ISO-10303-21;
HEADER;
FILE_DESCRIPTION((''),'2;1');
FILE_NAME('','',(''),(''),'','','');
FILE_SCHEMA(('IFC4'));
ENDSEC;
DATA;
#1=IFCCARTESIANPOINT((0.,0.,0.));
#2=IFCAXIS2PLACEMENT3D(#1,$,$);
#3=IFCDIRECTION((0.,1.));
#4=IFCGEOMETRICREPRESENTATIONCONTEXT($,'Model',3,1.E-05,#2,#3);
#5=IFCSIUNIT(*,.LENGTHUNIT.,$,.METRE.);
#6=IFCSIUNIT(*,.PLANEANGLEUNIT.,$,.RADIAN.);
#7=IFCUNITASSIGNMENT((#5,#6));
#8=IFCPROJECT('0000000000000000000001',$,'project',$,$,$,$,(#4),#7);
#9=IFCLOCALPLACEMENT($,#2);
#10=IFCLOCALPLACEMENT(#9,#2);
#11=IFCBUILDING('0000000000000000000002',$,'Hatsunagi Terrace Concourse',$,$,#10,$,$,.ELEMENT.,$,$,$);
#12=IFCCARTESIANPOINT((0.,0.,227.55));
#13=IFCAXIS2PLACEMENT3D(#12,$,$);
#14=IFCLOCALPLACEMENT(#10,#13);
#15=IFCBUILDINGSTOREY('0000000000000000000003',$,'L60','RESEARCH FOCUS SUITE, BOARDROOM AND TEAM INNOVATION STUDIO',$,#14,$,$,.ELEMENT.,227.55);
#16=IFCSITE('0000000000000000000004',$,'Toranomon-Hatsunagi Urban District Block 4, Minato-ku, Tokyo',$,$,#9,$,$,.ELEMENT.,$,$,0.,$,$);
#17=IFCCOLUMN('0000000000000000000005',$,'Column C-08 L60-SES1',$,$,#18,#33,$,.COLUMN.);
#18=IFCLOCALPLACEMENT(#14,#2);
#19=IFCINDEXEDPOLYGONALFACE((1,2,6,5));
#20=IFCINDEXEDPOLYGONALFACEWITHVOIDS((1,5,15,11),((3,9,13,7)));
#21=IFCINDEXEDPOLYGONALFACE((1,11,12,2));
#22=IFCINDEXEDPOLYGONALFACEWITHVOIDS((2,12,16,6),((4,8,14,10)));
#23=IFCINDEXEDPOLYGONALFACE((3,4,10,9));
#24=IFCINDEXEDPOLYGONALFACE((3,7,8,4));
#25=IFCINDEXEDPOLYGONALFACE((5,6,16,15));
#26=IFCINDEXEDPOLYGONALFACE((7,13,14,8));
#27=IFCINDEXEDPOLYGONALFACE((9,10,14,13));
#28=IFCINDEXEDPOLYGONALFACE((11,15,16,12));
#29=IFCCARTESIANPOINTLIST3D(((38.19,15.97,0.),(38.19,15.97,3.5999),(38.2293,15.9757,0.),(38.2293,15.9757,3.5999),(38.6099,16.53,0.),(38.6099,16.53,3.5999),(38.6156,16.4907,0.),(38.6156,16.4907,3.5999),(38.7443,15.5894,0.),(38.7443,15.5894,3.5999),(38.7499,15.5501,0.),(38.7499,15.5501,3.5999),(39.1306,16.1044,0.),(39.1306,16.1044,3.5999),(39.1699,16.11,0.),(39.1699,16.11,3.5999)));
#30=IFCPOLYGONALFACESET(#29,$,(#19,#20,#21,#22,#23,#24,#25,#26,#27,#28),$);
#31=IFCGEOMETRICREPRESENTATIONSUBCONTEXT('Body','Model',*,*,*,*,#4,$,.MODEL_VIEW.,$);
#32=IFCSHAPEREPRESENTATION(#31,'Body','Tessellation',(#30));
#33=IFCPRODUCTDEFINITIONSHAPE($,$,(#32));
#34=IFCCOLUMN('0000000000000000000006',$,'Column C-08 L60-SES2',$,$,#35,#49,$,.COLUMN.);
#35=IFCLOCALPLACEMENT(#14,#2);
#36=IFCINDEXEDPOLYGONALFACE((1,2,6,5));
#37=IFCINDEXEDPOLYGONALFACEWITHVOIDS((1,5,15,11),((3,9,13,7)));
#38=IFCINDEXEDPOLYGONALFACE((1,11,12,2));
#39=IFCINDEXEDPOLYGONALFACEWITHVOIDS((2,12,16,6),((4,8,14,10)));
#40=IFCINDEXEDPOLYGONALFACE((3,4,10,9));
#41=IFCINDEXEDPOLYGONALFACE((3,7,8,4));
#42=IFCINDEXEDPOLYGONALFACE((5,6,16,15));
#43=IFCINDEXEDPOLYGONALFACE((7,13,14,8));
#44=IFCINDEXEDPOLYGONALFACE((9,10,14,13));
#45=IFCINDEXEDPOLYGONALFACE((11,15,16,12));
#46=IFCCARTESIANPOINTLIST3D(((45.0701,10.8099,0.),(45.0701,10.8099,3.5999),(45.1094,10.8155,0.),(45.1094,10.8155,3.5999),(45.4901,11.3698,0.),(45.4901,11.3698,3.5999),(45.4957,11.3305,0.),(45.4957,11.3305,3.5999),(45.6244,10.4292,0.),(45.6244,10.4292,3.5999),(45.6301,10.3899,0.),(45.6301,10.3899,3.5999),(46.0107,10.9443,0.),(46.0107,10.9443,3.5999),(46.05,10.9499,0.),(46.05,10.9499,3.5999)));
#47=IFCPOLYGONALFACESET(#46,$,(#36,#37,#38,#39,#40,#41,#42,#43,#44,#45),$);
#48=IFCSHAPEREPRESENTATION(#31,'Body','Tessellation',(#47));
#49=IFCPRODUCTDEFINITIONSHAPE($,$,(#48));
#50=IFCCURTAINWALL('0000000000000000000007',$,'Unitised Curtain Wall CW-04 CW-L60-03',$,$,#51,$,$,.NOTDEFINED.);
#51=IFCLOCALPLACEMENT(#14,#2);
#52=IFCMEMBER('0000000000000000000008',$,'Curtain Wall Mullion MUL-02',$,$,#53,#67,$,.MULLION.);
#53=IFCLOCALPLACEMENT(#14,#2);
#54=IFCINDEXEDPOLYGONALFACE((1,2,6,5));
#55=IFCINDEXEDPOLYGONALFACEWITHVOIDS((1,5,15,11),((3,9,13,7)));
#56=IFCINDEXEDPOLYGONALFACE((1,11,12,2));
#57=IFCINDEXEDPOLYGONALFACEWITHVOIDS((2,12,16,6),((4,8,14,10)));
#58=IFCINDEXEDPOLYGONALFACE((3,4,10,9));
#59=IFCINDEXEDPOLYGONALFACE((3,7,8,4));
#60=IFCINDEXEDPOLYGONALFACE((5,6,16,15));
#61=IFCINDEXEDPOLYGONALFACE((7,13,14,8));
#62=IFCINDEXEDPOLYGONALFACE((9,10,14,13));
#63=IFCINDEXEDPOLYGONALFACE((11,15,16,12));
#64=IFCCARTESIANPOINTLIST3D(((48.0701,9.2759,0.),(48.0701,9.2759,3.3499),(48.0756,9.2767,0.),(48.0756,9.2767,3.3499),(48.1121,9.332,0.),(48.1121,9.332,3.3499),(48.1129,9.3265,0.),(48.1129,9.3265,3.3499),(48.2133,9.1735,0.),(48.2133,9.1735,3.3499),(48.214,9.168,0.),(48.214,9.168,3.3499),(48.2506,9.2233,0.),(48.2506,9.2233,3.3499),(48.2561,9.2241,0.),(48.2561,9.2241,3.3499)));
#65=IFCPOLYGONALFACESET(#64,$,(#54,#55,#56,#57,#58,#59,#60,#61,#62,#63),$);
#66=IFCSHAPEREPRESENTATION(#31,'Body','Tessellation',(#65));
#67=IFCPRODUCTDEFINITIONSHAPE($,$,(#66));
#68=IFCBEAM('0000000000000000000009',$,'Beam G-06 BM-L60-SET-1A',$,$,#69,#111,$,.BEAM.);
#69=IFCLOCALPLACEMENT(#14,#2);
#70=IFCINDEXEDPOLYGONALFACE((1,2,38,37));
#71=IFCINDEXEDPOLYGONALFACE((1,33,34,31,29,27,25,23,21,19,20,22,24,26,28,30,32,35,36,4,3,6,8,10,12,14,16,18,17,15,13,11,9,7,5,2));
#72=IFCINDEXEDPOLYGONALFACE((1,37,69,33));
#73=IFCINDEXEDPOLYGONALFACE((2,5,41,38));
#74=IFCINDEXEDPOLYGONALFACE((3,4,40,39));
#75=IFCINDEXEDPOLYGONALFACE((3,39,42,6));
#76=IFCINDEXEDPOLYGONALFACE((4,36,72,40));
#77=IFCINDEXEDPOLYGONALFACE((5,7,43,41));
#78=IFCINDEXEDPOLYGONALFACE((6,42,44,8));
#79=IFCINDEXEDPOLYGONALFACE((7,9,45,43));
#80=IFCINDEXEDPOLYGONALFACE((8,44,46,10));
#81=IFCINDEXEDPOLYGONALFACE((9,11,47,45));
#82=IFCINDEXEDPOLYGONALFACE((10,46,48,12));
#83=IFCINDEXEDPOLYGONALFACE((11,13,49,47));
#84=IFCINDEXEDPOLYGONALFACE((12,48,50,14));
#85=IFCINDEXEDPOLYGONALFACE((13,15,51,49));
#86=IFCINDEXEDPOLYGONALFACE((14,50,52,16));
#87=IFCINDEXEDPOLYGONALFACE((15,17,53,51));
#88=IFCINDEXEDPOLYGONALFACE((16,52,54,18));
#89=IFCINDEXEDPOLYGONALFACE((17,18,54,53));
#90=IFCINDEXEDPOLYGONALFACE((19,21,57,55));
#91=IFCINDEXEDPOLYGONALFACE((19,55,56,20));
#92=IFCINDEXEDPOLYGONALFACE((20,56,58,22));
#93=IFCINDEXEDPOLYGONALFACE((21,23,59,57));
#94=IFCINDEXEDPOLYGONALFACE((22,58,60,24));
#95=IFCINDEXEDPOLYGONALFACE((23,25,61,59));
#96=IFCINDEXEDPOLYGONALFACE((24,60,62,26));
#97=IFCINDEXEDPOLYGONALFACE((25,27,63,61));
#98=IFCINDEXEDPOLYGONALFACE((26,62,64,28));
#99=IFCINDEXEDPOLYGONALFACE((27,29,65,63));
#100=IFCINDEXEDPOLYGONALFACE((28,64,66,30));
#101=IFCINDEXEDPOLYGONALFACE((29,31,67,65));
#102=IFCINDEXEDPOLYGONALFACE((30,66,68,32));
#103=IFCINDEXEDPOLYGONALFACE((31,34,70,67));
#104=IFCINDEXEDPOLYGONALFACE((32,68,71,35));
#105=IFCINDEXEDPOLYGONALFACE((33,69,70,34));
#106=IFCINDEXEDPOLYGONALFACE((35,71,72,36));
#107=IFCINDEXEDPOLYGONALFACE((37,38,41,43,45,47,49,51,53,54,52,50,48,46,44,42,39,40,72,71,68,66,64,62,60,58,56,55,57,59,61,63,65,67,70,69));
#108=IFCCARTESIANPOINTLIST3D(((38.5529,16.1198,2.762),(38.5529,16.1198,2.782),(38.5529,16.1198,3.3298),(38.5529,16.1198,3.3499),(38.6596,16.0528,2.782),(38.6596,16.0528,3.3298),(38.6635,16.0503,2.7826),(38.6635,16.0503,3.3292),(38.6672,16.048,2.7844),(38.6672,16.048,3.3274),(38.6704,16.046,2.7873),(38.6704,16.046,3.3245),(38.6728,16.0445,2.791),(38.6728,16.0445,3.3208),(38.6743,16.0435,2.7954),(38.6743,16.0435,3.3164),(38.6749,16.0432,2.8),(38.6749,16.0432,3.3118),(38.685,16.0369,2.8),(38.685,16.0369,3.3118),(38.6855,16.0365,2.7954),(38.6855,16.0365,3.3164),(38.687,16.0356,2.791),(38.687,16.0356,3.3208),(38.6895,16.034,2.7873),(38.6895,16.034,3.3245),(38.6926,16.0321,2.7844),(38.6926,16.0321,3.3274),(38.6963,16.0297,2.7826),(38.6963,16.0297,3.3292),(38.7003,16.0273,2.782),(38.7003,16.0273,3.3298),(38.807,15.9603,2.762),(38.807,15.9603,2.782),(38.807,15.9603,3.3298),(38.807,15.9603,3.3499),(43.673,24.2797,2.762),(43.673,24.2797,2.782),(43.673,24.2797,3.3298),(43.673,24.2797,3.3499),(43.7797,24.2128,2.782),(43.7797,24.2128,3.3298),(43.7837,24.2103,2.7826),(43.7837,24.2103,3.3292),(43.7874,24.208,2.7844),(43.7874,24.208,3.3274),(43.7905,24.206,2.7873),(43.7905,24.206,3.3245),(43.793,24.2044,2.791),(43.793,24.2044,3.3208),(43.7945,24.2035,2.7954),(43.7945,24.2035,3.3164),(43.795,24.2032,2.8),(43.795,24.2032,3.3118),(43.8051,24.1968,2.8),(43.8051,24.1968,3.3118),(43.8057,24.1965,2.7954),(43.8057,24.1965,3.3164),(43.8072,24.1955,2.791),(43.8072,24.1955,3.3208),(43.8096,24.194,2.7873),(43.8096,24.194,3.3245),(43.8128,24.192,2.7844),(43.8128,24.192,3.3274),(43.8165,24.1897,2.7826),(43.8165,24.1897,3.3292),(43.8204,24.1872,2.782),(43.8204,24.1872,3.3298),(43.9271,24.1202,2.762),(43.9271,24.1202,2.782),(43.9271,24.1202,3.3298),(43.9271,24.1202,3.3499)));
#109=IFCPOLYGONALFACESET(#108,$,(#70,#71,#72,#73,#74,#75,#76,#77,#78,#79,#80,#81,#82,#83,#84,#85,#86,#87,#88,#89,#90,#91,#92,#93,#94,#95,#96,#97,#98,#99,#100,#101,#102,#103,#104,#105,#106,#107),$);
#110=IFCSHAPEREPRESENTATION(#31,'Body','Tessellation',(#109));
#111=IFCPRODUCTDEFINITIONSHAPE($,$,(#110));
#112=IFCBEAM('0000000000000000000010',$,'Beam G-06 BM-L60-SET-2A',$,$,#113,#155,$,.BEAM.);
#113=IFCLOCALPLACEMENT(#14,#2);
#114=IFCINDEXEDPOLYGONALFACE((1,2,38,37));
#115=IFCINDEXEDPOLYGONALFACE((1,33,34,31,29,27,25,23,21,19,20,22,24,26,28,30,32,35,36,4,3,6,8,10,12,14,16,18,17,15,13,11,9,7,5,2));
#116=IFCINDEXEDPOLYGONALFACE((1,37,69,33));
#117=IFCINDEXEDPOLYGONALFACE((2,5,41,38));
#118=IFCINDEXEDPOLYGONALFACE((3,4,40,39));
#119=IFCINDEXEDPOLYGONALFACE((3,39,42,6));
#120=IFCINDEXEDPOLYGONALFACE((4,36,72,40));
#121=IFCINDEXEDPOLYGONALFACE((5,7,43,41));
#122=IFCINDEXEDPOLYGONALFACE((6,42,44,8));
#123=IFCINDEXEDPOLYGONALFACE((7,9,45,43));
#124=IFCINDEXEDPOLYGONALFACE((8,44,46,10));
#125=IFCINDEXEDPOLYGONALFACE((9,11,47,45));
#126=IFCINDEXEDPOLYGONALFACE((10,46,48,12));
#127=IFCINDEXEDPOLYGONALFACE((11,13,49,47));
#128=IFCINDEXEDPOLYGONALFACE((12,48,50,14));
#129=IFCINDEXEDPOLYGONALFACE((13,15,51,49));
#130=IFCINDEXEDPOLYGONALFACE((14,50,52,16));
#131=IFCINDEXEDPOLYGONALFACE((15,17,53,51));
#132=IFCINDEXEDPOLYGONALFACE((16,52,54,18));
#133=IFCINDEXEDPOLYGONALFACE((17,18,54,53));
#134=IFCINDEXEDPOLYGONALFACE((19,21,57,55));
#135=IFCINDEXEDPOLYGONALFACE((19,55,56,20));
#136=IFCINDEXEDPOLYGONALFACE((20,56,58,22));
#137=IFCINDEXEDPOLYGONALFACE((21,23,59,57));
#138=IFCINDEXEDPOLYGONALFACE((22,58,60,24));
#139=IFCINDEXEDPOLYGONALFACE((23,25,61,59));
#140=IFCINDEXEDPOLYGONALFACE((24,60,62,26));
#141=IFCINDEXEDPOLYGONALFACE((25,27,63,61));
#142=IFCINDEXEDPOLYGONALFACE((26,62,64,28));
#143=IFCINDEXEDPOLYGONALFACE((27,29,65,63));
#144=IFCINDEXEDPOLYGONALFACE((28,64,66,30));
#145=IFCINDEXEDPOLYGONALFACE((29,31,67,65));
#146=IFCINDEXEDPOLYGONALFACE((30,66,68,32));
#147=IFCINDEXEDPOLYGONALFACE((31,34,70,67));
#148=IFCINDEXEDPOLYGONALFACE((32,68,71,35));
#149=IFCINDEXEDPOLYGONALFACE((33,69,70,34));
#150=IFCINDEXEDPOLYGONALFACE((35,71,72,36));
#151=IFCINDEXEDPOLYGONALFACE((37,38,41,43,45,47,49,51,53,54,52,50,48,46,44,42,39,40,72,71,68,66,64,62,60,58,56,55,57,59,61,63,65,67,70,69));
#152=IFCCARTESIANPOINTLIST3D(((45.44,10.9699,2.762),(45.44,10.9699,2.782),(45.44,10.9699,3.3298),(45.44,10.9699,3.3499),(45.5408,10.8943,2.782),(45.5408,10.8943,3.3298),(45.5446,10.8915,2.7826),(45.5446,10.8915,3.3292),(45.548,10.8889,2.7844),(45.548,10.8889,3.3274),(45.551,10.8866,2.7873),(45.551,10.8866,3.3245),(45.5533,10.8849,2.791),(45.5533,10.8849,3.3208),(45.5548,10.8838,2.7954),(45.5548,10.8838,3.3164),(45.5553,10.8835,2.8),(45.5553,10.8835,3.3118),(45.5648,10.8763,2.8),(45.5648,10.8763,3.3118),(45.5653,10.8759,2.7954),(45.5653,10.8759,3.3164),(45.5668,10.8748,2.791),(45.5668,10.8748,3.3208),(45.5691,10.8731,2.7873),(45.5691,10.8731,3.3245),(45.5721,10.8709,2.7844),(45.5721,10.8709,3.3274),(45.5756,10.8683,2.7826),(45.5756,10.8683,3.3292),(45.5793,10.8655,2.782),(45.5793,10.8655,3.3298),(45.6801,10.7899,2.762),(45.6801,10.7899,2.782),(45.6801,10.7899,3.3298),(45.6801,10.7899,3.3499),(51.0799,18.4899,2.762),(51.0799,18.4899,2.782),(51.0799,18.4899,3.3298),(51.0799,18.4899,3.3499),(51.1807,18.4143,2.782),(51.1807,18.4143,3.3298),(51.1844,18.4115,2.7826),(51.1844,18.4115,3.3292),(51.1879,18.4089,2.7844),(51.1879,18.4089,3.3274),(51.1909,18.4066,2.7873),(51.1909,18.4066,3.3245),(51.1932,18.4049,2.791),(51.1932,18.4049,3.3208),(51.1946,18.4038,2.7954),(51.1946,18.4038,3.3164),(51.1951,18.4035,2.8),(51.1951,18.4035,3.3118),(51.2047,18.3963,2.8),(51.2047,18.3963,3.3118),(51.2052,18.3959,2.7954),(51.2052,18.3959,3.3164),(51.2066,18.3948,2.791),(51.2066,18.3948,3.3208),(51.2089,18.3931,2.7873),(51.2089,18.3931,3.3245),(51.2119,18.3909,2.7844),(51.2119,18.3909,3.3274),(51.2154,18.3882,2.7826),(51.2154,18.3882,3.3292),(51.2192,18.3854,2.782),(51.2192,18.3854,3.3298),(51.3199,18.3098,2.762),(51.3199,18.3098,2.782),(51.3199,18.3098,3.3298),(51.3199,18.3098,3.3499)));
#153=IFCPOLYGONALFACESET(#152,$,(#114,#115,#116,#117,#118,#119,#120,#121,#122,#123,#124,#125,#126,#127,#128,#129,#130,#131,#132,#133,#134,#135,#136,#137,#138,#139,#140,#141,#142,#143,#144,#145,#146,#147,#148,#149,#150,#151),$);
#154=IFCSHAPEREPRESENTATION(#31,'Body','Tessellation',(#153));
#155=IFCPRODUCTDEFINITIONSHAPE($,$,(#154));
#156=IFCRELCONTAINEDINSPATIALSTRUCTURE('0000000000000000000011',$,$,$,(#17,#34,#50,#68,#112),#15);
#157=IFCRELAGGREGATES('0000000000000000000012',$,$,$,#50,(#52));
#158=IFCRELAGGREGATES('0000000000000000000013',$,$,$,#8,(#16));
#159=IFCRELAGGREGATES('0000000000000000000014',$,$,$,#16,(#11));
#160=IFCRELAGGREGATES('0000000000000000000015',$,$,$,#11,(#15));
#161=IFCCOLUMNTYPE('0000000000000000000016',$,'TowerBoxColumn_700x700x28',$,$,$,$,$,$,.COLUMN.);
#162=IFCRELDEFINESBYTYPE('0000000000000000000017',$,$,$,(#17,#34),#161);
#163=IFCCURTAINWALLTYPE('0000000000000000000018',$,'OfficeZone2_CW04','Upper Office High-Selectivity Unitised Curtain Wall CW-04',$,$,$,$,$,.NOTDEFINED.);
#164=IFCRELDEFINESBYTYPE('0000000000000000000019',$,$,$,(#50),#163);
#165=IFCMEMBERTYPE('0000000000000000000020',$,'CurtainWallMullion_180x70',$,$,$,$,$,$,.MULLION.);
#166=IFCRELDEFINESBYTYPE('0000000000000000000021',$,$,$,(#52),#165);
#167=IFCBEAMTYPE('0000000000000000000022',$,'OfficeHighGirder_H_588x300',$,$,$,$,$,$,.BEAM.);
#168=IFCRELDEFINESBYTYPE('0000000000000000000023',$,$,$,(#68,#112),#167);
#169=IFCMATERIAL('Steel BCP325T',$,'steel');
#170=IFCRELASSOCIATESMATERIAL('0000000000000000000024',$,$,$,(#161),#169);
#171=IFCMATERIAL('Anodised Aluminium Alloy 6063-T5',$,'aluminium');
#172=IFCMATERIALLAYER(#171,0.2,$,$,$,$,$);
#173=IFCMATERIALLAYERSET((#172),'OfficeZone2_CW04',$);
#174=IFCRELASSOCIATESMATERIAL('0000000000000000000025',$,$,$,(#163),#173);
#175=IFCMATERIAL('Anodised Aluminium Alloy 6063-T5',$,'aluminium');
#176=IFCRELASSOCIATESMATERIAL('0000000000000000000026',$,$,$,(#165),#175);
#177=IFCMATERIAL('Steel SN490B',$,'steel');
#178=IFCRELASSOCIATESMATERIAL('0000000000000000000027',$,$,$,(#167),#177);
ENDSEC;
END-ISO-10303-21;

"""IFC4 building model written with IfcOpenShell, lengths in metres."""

from ifc_helpers import new_model, si_unit, direction, frame, origin, origin_2d, place, context, subcontext, project, spatial, hollow_rectangle, i_section, extrude, material, layer, layer_set, material_profile, profile_set, type_object, element, aggregate, save


model = new_model("IFC4")

# Units and contexts
model_context = context("Model", 3, precision=1e-05, world=origin(), true_north=direction((0.0, 1.0)))
body_context = subcontext(model_context, "Body", "Model", "MODEL_VIEW")
ifc_project = project(units=[si_unit("LENGTHUNIT", "METRE"), si_unit("PLANEANGLEUNIT", "RADIAN")], contexts=[model_context])

# Site, building, storey
site_placement = place(None, origin())
site = spatial("IfcSite", under=ifc_project, at=site_placement, Name="Toranomon-Hatsunagi Urban District Block 4, Minato-ku, Tokyo", CompositionType="ELEMENT", RefElevation=0.0)
building_placement = place(site_placement, origin())
building = spatial("IfcBuilding", under=site, at=building_placement, Name="Hatsunagi Terrace Concourse", CompositionType="ELEMENT")
storey_placement = place(building_placement, frame((0.0, 0.0, 227.55)))
storey = spatial("IfcBuildingStorey", under=building, at=storey_placement, Name="L60", Description="RESEARCH FOCUS SUITE, BOARDROOM AND TEAM INNOVATION STUDIO", CompositionType="ELEMENT", Elevation=227.55)

# Columns
ifc_material_1 = material(Name="Steel BCP325T", Category="steel")
ifc_material_profile_1 = material_profile(ifc_material_1, hollow_rectangle(XDim=0.7, YDim=0.7, WallThickness=0.0281, at=origin_2d()), Name="BCP-700x700x28")
ifc_profile_set_1 = profile_set([ifc_material_profile_1], Name="Steel BCP325T")
column_type = type_object("IfcColumnType", Name="TowerBoxColumn_700x700x28", PredefinedType="COLUMN", material=ifc_profile_set_1)
for number, where, z_axis, x_axis, name in (
    (1, (38.6799, 16.04, 0.0), (0.0, 0.0, 1.0), (0.8, -0.6, 0.0), "Column C-08 L60-SES1"),
    (2, (45.5601, 10.8799, 0.0), (0.0, 0.0, 1.0), (0.8, -0.6, 0.0), "Column C-08 L60-SES2"),
):
    element("IfcColumn", number, at=place(storey_placement, frame(where, z_axis=z_axis, x_axis=x_axis)), inside=storey, type_object=column_type, Name=name, PredefinedType="COLUMN", context=body_context, shape_type="SweptSolid", body=[
        extrude(hollow_rectangle(XDim=0.7, YDim=0.7, WallThickness=0.0281, at=origin_2d()), origin(), (0.0, 0.0, 1.0), 3.5999),
    ])

# Curtain wall, member
ifc_material_2 = material(Name="Anodised Aluminium Alloy 6063-T5", Category="aluminium")
ifc_layer_1 = layer(ifc_material_2, 0.2)
ifc_layer_set_1 = layer_set([ifc_layer_1], Name="OfficeZone2_CW04")
curtain_wall_type = type_object("IfcCurtainWallType", Name="OfficeZone2_CW04", Description="Upper Office High-Selectivity Unitised Curtain Wall CW-04", PredefinedType="NOTDEFINED", material=ifc_layer_set_1)
curtain_wall_placement = place(storey_placement, origin())
curtain_wall = element("IfcCurtainWall", 3, at=curtain_wall_placement, inside=storey, type_object=curtain_wall_type, Name="Unitised Curtain Wall CW-04 CW-L60-03", PredefinedType="NOTDEFINED")
ifc_material_3 = material(Name="Anodised Aluminium Alloy 6063-T5", Category="aluminium")
ifc_material_profile_2 = material_profile(ifc_material_3, hollow_rectangle(XDim=0.0701, YDim=0.1799, WallThickness=0.0039, at=origin_2d()), Name="ALU-MUL-180x70x4")
ifc_profile_set_2 = profile_set([ifc_material_profile_2], Name="Anodised Aluminium Alloy 6063-T5")
member_type_1 = type_object("IfcMemberType", Name="CurtainWallMullion_180x70", PredefinedType="MULLION", material=ifc_profile_set_2)
member_1_placement = place(storey_placement, frame((48.1631, 9.25, 0.0), z_axis=(0.0, 0.0, 1.0), x_axis=(-0.599969, -0.800023, 0.0)))
member_1 = element("IfcMember", 4, at=member_1_placement, type_object=member_type_1, Name="Curtain Wall Mullion MUL-02", PredefinedType="MULLION", context=body_context, shape_type="SweptSolid", body=[
    extrude(hollow_rectangle(XDim=0.0701, YDim=0.1799, WallThickness=0.0039, at=origin_2d()), origin(), (0.0, 0.0, 1.0), 3.3499),
])

# Beams
ifc_material_4 = material(Name="Steel SN490B", Category="steel")
ifc_material_profile_3 = material_profile(ifc_material_4, i_section(OverallWidth=0.3, OverallDepth=0.5879, WebThickness=0.012, FlangeThickness=0.02, FilletRadius=0.0181, at=origin_2d()), Name="H-588x300x12x20")
ifc_profile_set_3 = profile_set([ifc_material_profile_3], Name="Steel SN490B")
beam_type_1 = type_object("IfcBeamType", Name="OfficeHighGirder_H_588x300", PredefinedType="BEAM", material=ifc_profile_set_3)
beam_1_placement = place(storey_placement, frame((38.6799, 16.04, 3.0559), z_axis=(0.531504, 0.847056, 0.0), x_axis=(-0.847056, 0.531504, 0.0)))
element("IfcBeam", 5, at=beam_1_placement, inside=storey, type_object=beam_type_1, Name="Beam G-06 BM-L60-SET-1A", PredefinedType="BEAM", context=body_context, shape_type="SweptSolid", body=[
    extrude(i_section(OverallWidth=0.3, OverallDepth=0.5879, WebThickness=0.012, FlangeThickness=0.02, FilletRadius=0.0181, at=origin_2d()), origin(), (0.0, 0.0, 1.0), 9.6333),
])
beam_2_placement = place(storey_placement, frame((45.5601, 10.8799, 3.0559), z_axis=(0.599992, 0.800006, 0.0), x_axis=(-0.800006, 0.599992, 0.0)))
element("IfcBeam", 6, at=beam_2_placement, inside=storey, type_object=beam_type_1, Name="Beam G-06 BM-L60-SET-2A", PredefinedType="BEAM", context=body_context, shape_type="SweptSolid", body=[
    extrude(i_section(OverallWidth=0.3, OverallDepth=0.5879, WebThickness=0.012, FlangeThickness=0.02, FilletRadius=0.0181, at=origin_2d()), origin(), (0.0, 0.0, 1.0), 9.3999),
])

aggregate(curtain_wall, [member_1])

save(model, "model.ifc")
